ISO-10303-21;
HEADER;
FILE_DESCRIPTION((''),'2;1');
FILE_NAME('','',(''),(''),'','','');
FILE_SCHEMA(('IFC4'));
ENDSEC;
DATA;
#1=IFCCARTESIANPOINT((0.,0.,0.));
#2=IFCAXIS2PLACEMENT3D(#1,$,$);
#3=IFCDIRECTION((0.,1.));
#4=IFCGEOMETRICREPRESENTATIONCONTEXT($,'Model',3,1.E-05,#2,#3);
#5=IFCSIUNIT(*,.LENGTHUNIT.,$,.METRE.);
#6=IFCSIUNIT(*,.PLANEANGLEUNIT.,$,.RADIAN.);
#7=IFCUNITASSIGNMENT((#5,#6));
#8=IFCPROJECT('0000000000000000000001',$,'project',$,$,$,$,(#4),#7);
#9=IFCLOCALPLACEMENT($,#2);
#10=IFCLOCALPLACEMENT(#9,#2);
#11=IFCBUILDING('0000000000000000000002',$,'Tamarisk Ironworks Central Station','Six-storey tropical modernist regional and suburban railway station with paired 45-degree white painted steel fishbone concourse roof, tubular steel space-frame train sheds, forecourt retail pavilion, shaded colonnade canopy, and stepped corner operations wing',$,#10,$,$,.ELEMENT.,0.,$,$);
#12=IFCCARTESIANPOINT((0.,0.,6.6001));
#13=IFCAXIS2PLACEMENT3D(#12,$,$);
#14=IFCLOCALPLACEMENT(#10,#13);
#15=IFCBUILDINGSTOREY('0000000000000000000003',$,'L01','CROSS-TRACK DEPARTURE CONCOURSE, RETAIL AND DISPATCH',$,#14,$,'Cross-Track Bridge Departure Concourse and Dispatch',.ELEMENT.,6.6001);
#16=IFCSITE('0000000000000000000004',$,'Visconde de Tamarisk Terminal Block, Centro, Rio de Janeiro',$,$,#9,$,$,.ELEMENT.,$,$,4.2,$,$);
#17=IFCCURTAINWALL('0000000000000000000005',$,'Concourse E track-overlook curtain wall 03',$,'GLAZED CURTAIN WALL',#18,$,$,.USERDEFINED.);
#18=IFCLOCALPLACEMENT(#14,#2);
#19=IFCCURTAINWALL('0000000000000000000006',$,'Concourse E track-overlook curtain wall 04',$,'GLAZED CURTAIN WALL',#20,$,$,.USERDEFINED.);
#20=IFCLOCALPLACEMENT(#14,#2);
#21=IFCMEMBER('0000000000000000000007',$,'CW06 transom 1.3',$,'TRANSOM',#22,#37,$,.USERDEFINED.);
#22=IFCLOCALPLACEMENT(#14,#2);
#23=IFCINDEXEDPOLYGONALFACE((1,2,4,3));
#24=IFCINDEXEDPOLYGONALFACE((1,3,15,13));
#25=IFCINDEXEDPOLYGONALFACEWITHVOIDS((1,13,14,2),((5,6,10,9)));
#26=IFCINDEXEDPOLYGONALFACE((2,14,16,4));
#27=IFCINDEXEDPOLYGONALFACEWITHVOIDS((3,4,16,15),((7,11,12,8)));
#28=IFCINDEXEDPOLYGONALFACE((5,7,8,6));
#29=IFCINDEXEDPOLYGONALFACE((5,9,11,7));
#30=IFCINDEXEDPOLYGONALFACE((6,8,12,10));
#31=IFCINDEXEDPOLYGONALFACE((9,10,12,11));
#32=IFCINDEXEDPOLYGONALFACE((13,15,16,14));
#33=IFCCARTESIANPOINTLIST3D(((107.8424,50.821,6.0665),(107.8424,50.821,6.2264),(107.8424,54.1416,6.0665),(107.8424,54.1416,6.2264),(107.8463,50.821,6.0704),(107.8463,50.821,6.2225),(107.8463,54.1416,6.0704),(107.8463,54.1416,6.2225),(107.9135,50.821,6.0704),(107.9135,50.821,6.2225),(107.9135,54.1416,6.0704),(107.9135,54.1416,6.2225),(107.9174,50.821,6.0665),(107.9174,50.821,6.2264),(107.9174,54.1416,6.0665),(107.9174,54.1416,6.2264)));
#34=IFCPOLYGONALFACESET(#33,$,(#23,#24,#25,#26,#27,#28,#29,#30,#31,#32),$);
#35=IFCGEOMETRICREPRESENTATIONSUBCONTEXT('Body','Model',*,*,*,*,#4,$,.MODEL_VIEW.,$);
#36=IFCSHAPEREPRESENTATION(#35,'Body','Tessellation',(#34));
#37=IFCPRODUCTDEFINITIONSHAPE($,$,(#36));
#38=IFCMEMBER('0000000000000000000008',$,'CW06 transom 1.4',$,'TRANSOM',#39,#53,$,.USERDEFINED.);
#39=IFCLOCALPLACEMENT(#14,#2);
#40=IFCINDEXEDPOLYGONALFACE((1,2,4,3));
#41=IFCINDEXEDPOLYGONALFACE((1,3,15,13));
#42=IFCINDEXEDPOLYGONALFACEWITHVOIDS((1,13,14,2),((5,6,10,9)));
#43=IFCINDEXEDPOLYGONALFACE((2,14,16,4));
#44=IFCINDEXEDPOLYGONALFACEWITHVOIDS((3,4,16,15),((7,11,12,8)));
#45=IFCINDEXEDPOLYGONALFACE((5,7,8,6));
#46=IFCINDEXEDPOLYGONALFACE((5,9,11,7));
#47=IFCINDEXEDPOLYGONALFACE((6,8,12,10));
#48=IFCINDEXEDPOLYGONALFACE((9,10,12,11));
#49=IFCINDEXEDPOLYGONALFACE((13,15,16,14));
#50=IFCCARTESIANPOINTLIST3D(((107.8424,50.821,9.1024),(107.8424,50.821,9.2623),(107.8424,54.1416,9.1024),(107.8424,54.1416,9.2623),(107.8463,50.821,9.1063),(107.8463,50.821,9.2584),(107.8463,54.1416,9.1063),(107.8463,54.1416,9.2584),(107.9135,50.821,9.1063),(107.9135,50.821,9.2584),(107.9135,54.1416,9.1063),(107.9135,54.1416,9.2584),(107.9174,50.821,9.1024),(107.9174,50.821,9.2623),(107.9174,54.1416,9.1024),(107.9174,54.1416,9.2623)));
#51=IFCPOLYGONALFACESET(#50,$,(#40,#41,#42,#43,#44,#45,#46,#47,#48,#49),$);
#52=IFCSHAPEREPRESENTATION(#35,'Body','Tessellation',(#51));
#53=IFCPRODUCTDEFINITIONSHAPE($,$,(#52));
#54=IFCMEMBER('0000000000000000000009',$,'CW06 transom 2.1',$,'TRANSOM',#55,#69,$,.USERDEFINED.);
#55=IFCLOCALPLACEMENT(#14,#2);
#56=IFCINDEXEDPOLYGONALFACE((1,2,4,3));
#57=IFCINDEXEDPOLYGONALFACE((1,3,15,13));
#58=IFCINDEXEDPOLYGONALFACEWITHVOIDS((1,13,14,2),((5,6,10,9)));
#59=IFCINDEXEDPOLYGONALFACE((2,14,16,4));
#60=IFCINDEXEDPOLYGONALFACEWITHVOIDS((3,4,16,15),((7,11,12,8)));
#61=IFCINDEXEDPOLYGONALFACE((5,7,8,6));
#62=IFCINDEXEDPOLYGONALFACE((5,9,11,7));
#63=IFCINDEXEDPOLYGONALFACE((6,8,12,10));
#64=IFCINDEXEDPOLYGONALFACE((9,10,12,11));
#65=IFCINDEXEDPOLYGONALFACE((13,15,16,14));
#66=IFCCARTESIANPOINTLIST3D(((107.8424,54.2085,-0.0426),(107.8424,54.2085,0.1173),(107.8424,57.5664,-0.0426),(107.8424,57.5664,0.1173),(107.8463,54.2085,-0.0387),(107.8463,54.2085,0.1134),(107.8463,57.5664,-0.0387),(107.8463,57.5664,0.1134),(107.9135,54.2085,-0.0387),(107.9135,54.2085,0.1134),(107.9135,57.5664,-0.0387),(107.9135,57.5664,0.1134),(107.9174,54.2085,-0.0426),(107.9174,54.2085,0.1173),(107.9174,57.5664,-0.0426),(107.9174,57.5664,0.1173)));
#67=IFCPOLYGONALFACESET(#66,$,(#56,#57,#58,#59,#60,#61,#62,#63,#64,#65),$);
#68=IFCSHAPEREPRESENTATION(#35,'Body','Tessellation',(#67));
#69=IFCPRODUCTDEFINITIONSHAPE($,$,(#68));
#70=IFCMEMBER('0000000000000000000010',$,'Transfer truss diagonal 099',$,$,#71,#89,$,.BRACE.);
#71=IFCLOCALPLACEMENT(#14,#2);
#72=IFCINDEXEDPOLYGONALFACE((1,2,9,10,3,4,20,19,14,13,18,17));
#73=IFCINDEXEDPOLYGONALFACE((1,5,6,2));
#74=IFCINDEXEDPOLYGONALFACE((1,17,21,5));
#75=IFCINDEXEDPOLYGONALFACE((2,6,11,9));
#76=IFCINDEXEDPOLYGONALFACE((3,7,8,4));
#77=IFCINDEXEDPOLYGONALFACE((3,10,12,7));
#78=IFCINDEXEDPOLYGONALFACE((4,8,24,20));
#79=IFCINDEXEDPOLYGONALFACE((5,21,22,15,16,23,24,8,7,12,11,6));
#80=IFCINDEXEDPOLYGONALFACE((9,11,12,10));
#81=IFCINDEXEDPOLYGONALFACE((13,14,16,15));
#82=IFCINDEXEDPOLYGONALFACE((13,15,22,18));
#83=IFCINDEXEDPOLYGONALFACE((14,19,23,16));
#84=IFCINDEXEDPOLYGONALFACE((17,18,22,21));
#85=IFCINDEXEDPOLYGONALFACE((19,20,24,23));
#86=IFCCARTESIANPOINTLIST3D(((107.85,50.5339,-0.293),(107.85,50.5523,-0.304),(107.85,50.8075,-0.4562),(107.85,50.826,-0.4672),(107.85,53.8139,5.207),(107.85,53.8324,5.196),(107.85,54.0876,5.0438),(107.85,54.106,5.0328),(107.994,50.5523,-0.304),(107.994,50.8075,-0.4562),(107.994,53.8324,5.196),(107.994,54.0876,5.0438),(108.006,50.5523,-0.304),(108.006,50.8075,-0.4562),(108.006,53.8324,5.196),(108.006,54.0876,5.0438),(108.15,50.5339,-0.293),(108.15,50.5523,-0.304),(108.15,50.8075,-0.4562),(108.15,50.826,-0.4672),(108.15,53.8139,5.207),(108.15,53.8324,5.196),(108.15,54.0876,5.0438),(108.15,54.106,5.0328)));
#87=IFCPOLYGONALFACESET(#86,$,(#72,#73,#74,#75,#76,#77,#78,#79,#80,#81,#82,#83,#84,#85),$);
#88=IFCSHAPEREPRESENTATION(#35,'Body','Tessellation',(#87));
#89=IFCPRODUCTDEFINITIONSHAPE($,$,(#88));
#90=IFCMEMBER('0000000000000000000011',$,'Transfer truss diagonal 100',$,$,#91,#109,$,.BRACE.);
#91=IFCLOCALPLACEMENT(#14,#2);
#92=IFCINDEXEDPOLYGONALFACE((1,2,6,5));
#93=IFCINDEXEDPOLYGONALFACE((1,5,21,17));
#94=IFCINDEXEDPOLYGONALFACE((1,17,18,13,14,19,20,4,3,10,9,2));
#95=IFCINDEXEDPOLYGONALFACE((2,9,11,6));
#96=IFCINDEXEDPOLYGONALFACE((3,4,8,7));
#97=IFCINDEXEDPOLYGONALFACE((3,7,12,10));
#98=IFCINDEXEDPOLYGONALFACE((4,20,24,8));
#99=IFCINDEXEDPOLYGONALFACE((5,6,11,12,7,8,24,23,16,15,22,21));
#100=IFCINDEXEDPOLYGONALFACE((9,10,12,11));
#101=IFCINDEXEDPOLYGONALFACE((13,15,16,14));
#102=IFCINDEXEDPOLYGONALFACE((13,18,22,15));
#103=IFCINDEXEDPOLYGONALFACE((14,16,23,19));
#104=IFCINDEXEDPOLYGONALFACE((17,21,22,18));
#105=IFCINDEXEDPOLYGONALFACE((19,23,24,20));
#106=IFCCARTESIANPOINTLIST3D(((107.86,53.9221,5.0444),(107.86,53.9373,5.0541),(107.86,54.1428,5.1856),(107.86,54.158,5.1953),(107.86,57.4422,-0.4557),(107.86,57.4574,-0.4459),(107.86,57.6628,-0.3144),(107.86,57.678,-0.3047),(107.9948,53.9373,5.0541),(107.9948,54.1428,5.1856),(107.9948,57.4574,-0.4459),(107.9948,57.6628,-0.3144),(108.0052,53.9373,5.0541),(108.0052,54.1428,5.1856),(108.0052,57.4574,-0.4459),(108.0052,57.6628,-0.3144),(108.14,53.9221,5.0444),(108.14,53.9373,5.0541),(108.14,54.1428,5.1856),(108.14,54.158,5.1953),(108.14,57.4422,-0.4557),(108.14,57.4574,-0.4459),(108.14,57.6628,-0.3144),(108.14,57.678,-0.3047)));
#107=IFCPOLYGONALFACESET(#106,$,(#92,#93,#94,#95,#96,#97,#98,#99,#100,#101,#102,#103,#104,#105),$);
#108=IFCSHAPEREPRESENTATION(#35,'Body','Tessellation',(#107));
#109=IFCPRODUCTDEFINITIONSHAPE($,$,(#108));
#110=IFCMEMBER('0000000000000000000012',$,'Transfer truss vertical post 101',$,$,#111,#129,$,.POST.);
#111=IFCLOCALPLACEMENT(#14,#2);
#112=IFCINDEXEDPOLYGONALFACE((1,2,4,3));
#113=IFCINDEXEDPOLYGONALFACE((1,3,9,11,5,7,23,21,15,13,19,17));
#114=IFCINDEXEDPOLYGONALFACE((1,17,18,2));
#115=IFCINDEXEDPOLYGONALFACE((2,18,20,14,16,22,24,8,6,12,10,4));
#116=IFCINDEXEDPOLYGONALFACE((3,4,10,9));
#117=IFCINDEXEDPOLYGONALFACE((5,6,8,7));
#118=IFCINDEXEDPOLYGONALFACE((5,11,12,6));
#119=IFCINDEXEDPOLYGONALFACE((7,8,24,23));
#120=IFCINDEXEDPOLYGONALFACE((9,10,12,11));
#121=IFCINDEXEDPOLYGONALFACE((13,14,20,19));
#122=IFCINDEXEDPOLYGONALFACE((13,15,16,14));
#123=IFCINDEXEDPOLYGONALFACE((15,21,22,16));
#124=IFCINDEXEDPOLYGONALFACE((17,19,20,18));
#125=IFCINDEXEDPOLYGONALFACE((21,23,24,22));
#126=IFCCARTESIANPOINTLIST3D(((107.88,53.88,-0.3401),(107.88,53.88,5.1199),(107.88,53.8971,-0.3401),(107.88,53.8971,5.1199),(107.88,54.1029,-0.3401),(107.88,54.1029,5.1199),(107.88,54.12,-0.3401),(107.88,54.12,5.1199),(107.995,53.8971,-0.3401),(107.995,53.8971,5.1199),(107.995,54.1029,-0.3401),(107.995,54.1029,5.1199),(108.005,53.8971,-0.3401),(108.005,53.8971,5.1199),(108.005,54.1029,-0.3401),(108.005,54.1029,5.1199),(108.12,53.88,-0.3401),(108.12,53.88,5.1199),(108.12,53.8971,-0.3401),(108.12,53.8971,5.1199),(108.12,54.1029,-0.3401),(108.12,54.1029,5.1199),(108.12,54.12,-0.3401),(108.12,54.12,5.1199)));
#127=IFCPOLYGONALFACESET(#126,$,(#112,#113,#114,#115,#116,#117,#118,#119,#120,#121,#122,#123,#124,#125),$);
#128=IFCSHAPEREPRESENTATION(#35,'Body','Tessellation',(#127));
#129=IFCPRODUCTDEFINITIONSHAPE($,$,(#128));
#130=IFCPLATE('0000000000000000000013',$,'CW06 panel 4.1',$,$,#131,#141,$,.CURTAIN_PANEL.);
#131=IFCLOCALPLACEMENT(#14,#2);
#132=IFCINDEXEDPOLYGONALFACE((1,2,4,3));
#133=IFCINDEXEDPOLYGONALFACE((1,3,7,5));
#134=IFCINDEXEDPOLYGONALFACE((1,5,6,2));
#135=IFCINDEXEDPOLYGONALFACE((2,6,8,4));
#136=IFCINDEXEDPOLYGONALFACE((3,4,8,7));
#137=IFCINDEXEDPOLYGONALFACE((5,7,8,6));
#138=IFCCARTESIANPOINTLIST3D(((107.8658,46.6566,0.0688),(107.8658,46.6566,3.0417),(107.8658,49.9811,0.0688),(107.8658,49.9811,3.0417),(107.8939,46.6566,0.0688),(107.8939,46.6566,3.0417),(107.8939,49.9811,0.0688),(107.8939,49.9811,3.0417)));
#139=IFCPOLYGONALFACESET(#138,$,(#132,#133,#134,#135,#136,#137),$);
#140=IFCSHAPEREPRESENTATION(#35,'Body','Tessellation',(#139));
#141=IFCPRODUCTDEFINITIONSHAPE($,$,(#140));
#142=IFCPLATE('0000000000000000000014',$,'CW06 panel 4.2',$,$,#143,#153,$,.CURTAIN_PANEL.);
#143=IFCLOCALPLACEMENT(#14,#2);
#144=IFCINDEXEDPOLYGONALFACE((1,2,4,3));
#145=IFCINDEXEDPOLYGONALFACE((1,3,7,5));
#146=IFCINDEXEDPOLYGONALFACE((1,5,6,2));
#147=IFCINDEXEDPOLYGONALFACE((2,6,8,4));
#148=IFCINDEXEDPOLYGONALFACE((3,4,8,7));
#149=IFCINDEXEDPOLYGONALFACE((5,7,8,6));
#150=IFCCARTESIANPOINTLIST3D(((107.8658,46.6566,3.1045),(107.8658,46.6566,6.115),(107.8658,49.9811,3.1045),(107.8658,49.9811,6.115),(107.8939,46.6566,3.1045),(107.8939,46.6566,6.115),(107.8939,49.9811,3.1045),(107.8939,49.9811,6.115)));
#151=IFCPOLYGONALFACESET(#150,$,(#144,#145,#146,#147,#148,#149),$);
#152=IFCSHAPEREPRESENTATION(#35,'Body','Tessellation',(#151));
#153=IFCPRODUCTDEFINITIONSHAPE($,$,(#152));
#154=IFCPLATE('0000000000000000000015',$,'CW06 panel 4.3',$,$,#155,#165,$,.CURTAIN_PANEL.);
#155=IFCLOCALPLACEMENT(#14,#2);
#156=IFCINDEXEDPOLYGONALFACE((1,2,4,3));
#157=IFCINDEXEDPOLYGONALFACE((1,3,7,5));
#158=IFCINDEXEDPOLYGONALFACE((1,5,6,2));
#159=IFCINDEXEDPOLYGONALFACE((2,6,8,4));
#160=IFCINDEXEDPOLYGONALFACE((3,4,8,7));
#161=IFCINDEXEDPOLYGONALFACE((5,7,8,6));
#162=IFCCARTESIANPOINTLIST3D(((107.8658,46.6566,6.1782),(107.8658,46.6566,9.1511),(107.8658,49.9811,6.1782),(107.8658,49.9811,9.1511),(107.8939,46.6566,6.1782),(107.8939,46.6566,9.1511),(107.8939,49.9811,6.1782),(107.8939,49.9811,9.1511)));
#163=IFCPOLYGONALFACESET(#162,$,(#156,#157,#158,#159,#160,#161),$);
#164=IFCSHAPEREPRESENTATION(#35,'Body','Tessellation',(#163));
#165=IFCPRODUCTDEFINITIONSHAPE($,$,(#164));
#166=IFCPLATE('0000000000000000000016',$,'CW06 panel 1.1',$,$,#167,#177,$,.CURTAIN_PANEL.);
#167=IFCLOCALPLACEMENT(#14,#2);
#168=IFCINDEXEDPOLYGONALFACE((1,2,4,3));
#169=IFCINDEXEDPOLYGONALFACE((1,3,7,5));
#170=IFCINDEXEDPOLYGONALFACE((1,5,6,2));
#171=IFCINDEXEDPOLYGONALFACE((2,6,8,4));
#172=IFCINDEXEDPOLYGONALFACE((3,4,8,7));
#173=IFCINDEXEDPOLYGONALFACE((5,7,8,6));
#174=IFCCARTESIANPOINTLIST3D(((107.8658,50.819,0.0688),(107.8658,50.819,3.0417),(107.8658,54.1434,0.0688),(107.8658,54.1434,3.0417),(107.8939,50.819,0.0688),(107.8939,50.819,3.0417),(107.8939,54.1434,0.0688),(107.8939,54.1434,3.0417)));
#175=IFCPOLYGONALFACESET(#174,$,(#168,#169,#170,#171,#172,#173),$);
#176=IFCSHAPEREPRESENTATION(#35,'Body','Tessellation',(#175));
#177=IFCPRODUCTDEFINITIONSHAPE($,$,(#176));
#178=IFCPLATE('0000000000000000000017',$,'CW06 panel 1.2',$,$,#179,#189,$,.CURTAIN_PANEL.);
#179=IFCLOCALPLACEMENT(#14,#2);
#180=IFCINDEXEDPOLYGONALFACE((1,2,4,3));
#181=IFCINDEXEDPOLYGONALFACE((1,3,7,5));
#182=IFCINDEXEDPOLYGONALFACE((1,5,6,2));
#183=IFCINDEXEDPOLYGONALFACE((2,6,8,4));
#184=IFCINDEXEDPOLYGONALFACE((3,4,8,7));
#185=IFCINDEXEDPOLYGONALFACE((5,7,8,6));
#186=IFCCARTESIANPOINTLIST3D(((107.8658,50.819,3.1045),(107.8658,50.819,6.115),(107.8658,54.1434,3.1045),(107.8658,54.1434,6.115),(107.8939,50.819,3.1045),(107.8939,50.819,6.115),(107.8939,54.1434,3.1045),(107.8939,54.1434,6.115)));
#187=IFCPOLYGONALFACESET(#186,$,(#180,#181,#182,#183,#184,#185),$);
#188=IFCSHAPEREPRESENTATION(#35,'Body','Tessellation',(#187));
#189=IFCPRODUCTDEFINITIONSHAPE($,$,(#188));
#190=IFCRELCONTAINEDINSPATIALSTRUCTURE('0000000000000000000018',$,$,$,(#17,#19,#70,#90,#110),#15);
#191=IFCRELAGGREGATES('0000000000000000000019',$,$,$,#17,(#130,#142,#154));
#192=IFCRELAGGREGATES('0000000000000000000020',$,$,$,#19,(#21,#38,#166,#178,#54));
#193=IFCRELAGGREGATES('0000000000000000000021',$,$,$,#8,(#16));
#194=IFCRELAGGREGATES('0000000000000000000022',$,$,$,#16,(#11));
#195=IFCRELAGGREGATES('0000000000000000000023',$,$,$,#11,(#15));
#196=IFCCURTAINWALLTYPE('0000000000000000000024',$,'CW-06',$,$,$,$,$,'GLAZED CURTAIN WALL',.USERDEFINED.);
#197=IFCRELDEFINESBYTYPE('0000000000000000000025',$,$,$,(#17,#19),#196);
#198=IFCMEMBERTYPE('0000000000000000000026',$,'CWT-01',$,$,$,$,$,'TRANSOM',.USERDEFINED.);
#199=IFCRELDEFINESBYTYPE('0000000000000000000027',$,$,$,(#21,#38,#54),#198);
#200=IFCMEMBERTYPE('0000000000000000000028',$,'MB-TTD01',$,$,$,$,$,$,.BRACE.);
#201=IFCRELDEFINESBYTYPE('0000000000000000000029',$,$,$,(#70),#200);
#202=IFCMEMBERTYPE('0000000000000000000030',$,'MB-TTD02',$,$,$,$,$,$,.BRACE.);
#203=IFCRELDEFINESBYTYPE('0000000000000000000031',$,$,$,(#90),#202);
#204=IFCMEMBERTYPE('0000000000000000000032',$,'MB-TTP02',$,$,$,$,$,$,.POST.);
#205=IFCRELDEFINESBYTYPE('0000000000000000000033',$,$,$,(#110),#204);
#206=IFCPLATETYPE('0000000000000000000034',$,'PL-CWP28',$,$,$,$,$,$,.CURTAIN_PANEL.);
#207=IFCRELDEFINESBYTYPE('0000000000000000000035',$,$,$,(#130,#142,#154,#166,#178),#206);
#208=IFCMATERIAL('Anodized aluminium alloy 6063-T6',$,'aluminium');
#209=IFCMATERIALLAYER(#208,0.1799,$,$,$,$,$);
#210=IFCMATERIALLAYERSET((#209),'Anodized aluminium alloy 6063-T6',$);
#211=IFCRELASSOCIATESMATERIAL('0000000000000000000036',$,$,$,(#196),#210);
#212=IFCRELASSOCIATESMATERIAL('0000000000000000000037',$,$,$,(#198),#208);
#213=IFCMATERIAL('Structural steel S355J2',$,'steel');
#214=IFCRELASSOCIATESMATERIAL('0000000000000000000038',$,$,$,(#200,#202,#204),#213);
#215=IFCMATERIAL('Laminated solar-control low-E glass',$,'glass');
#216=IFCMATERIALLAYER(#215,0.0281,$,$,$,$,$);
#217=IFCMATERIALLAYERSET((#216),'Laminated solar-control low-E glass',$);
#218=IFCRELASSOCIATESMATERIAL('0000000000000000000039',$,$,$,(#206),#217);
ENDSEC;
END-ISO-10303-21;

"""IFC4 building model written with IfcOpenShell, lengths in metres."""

from ifc_helpers import new_model, si_unit, direction, frame, origin, origin_2d, place, context, subcontext, project, spatial, rectangle, hollow_rectangle, i_section, extrude, material, layer, layer_set, material_profile, profile_set, type_object, element, aggregate, save


model = new_model("IFC4")

# Units and contexts
model_context = context("Model", 3, precision=1e-05, world=origin(), true_north=direction((0.0, 1.0)))
body_context = subcontext(model_context, "Body", "Model", "MODEL_VIEW")
ifc_project = project(units=[si_unit("LENGTHUNIT", "METRE"), si_unit("PLANEANGLEUNIT", "RADIAN")], contexts=[model_context])

# Site, building, storey
site_placement = place(None, origin())
site = spatial("IfcSite", under=ifc_project, at=site_placement, Name="Visconde de Tamarisk Terminal Block, Centro, Rio de Janeiro", CompositionType="ELEMENT", RefElevation=4.2)
building_placement = place(site_placement, origin())
building = spatial("IfcBuilding", under=site, at=building_placement, Name="Tamarisk Ironworks Central Station", Description="Six-storey tropical modernist regional and suburban railway station with paired 45-degree white painted steel fishbone concourse roof, tubular steel space-frame train sheds, forecourt retail pavilion, shaded colonnade canopy, and stepped corner operations wing", CompositionType="ELEMENT", ElevationOfRefHeight=0.0)
storey_placement = place(building_placement, frame((0.0, 0.0, 6.6001)))
storey = spatial("IfcBuildingStorey", under=building, at=storey_placement, Name="L01", Description="CROSS-TRACK DEPARTURE CONCOURSE, RETAIL AND DISPATCH", LongName="Cross-Track Bridge Departure Concourse and Dispatch", CompositionType="ELEMENT", Elevation=6.6001)

# Shared definitions
ifc_material_1 = material(Name="Structural steel S355J2", Category="steel")

# Curtain wall
ifc_material_2 = material(Name="Anodized aluminium alloy 6063-T6", Category="aluminium")
ifc_layer_1 = layer(ifc_material_2, 0.1799)
ifc_layer_set_1 = layer_set([ifc_layer_1], Name="Anodized aluminium alloy 6063-T6")
curtain_wall_type = type_object("IfcCurtainWallType", Name="CW-06", ElementType="GLAZED CURTAIN WALL", PredefinedType="USERDEFINED", material=ifc_layer_set_1)
curtain_wall_1_placement = place(storey_placement, origin())
curtain_wall_1 = element("IfcCurtainWall", 1, at=curtain_wall_1_placement, inside=storey, type_object=curtain_wall_type, Name="Concourse E track-overlook curtain wall 03", ObjectType="GLAZED CURTAIN WALL", PredefinedType="USERDEFINED")

# Curtain wall, members
curtain_wall_2_placement = place(storey_placement, origin())
curtain_wall_2 = element("IfcCurtainWall", 2, at=curtain_wall_2_placement, inside=storey, type_object=curtain_wall_type, Name="Concourse E track-overlook curtain wall 04", ObjectType="GLAZED CURTAIN WALL", PredefinedType="USERDEFINED")
ifc_material_profile_1 = material_profile(ifc_material_2, hollow_rectangle(XDim=0.075, YDim=0.1599, WallThickness=0.0039, at=origin_2d()), Name="ALUM 160x75")
ifc_profile_set_1 = profile_set([ifc_material_profile_1], Name="Anodized aluminium alloy 6063-T6")
member_type_1 = type_object("IfcMemberType", Name="CWT-01", ElementType="TRANSOM", PredefinedType="USERDEFINED", material=ifc_profile_set_1)
member_1_placement = place(storey_placement, frame((107.8799, 50.821, 6.1465), z_axis=(0.0, 1.0, 0.0), x_axis=(-1.0, 0.0, 0.0)))
member_1 = element("IfcMember", 3, at=member_1_placement, type_object=member_type_1, Name="CW06 transom 1.3", ObjectType="TRANSOM", PredefinedType="USERDEFINED", context=body_context, shape_type="SweptSolid", body=[
    extrude(hollow_rectangle(XDim=0.075, YDim=0.1599, WallThickness=0.0039, at=origin_2d()), origin(), (0.0, 0.0, 1.0), 3.3206),
])
member_2_placement = place(storey_placement, frame((107.8799, 50.821, 9.1824), z_axis=(0.0, 1.0, 0.0), x_axis=(-1.0, 0.0, 0.0)))
member_2 = element("IfcMember", 4, at=member_2_placement, type_object=member_type_1, Name="CW06 transom 1.4", ObjectType="TRANSOM", PredefinedType="USERDEFINED", context=body_context, shape_type="SweptSolid", body=[
    extrude(hollow_rectangle(XDim=0.075, YDim=0.1599, WallThickness=0.0039, at=origin_2d()), origin(), (0.0, 0.0, 1.0), 3.3206),
])
member_3_placement = place(storey_placement, frame((107.8799, 54.2085, 0.0374), z_axis=(0.0, 1.0, 0.0), x_axis=(-1.0, 0.0, 0.0)))
member_3 = element("IfcMember", 5, at=member_3_placement, type_object=member_type_1, Name="CW06 transom 2.1", ObjectType="TRANSOM", PredefinedType="USERDEFINED", context=body_context, shape_type="SweptSolid", body=[
    extrude(hollow_rectangle(XDim=0.075, YDim=0.1599, WallThickness=0.0039, at=origin_2d()), origin(), (0.0, 0.0, 1.0), 3.3579),
])

# Members
ifc_material_profile_2 = material_profile(ifc_material_1, i_section(OverallWidth=0.3, OverallDepth=0.3401, WebThickness=0.012, FlangeThickness=0.0215, at=origin_2d()), Name="HEB 340")
ifc_profile_set_2 = profile_set([ifc_material_profile_2], Name="Structural steel S355J2")
member_type_2 = type_object("IfcMemberType", Name="MB-TTD01", PredefinedType="BRACE", material=ifc_profile_set_2)
member_4_placement = place(storey_placement, frame((108.0, 50.6799, -0.3801), z_axis=(0.0, 0.512201, 0.858866), x_axis=(-1.0, 0.0, 0.0)))
element("IfcMember", 6, at=member_4_placement, inside=storey, type_object=member_type_2, Name="Transfer truss diagonal 099", PredefinedType="BRACE", context=body_context, shape_type="SweptSolid", body=[
    extrude(i_section(OverallWidth=0.3, OverallDepth=0.3401, WebThickness=0.012, FlangeThickness=0.0215, at=origin_2d()), origin(), (0.0, 0.0, 1.0), 6.4038),
])
ifc_material_profile_3 = material_profile(ifc_material_1, i_section(OverallWidth=0.28, OverallDepth=0.28, WebThickness=0.0105, FlangeThickness=0.0181, at=origin_2d()), Name="HEB 280")
ifc_profile_set_3 = profile_set([ifc_material_profile_3], Name="Structural steel S355J2")
member_type_3 = type_object("IfcMemberType", Name="MB-TTD02", PredefinedType="BRACE", material=ifc_profile_set_3)
member_5_placement = place(storey_placement, frame((108.0, 54.04, 5.1199), z_axis=(0.0, 0.539056, -0.84227), x_axis=(-1.0, 0.0, 0.0)))
element("IfcMember", 7, at=member_5_placement, inside=storey, type_object=member_type_3, Name="Transfer truss diagonal 100", PredefinedType="BRACE", context=body_context, shape_type="SweptSolid", body=[
    extrude(i_section(OverallWidth=0.28, OverallDepth=0.28, WebThickness=0.0105, FlangeThickness=0.0181, at=origin_2d()), origin(), (0.0, 0.0, 1.0), 6.53),
])
ifc_material_profile_4 = material_profile(ifc_material_1, i_section(OverallWidth=0.24, OverallDepth=0.24, WebThickness=0.01, FlangeThickness=0.0171, at=origin_2d()), Name="HEB 240")
ifc_profile_set_4 = profile_set([ifc_material_profile_4], Name="Structural steel S355J2")
member_type_4 = type_object("IfcMemberType", Name="MB-TTP02", PredefinedType="POST", material=ifc_profile_set_4)
member_6_placement = place(storey_placement, frame((108.0, 54.0, -0.3401), z_axis=(0.0, 0.0, 1.0), x_axis=(1.0, 0.0, 0.0)))
element("IfcMember", 8, at=member_6_placement, inside=storey, type_object=member_type_4, Name="Transfer truss vertical post 101", PredefinedType="POST", context=body_context, shape_type="SweptSolid", body=[
    extrude(i_section(OverallWidth=0.24, OverallDepth=0.24, WebThickness=0.01, FlangeThickness=0.0171, at=origin_2d()), origin(), (0.0, 0.0, 1.0), 5.46),
])

# Plates
ifc_material_3 = material(Name="Laminated solar-control low-E glass", Category="glass")
ifc_layer_2 = layer(ifc_material_3, 0.0281)
ifc_layer_set_2 = layer_set([ifc_layer_2], Name="Laminated solar-control low-E glass")
plate_type_1 = type_object("IfcPlateType", Name="PL-CWP28", PredefinedType="CURTAIN_PANEL", material=ifc_layer_set_2)
plate_1_placement = place(storey_placement, frame((107.8799, 48.3188, 0.0688), z_axis=(0.0, 0.0, 1.0), x_axis=(0.0, 1.0, 0.0)))
plate_1 = element("IfcPlate", 9, at=plate_1_placement, type_object=plate_type_1, Name="CW06 panel 4.1", PredefinedType="CURTAIN_PANEL", context=body_context, shape_type="SweptSolid", body=[
    extrude(rectangle(XDim=3.3245, YDim=0.0281, at=origin_2d()), origin(), (0.0, 0.0, 1.0), 2.9729),
])
plate_2_placement = place(storey_placement, frame((107.8799, 48.3188, 3.1045), z_axis=(0.0, 0.0, 1.0), x_axis=(0.0, 1.0, 0.0)))
plate_2 = element("IfcPlate", 10, at=plate_2_placement, type_object=plate_type_1, Name="CW06 panel 4.2", PredefinedType="CURTAIN_PANEL", context=body_context, shape_type="SweptSolid", body=[
    extrude(rectangle(XDim=3.3245, YDim=0.0281, at=origin_2d()), origin(), (0.0, 0.0, 1.0), 3.0105),
])
plate_3_placement = place(storey_placement, frame((107.8799, 48.3188, 6.1782), z_axis=(0.0, 0.0, 1.0), x_axis=(0.0, 1.0, 0.0)))
plate_3 = element("IfcPlate", 11, at=plate_3_placement, type_object=plate_type_1, Name="CW06 panel 4.3", PredefinedType="CURTAIN_PANEL", context=body_context, shape_type="SweptSolid", body=[
    extrude(rectangle(XDim=3.3245, YDim=0.0281, at=origin_2d()), origin(), (0.0, 0.0, 1.0), 2.9729),
])
aggregate(curtain_wall_1, [plate_1, plate_2, plate_3])
plate_4_placement = place(storey_placement, frame((107.8799, 52.4812, 0.0688), z_axis=(0.0, 0.0, 1.0), x_axis=(0.0, 1.0, 0.0)))
plate_4 = element("IfcPlate", 12, at=plate_4_placement, type_object=plate_type_1, Name="CW06 panel 1.1", PredefinedType="CURTAIN_PANEL", context=body_context, shape_type="SweptSolid", body=[
    extrude(rectangle(XDim=3.3245, YDim=0.0281, at=origin_2d()), origin(), (0.0, 0.0, 1.0), 2.9729),
])
plate_5_placement = place(storey_placement, frame((107.8799, 52.4812, 3.1045), z_axis=(0.0, 0.0, 1.0), x_axis=(0.0, 1.0, 0.0)))
plate_5 = element("IfcPlate", 13, at=plate_5_placement, type_object=plate_type_1, Name="CW06 panel 1.2", PredefinedType="CURTAIN_PANEL", context=body_context, shape_type="SweptSolid", body=[
    extrude(rectangle(XDim=3.3245, YDim=0.0281, at=origin_2d()), origin(), (0.0, 0.0, 1.0), 3.0105),
])
aggregate(curtain_wall_2, [member_1, member_2, plate_4, plate_5, member_3])

save(model, "model.ifc")
